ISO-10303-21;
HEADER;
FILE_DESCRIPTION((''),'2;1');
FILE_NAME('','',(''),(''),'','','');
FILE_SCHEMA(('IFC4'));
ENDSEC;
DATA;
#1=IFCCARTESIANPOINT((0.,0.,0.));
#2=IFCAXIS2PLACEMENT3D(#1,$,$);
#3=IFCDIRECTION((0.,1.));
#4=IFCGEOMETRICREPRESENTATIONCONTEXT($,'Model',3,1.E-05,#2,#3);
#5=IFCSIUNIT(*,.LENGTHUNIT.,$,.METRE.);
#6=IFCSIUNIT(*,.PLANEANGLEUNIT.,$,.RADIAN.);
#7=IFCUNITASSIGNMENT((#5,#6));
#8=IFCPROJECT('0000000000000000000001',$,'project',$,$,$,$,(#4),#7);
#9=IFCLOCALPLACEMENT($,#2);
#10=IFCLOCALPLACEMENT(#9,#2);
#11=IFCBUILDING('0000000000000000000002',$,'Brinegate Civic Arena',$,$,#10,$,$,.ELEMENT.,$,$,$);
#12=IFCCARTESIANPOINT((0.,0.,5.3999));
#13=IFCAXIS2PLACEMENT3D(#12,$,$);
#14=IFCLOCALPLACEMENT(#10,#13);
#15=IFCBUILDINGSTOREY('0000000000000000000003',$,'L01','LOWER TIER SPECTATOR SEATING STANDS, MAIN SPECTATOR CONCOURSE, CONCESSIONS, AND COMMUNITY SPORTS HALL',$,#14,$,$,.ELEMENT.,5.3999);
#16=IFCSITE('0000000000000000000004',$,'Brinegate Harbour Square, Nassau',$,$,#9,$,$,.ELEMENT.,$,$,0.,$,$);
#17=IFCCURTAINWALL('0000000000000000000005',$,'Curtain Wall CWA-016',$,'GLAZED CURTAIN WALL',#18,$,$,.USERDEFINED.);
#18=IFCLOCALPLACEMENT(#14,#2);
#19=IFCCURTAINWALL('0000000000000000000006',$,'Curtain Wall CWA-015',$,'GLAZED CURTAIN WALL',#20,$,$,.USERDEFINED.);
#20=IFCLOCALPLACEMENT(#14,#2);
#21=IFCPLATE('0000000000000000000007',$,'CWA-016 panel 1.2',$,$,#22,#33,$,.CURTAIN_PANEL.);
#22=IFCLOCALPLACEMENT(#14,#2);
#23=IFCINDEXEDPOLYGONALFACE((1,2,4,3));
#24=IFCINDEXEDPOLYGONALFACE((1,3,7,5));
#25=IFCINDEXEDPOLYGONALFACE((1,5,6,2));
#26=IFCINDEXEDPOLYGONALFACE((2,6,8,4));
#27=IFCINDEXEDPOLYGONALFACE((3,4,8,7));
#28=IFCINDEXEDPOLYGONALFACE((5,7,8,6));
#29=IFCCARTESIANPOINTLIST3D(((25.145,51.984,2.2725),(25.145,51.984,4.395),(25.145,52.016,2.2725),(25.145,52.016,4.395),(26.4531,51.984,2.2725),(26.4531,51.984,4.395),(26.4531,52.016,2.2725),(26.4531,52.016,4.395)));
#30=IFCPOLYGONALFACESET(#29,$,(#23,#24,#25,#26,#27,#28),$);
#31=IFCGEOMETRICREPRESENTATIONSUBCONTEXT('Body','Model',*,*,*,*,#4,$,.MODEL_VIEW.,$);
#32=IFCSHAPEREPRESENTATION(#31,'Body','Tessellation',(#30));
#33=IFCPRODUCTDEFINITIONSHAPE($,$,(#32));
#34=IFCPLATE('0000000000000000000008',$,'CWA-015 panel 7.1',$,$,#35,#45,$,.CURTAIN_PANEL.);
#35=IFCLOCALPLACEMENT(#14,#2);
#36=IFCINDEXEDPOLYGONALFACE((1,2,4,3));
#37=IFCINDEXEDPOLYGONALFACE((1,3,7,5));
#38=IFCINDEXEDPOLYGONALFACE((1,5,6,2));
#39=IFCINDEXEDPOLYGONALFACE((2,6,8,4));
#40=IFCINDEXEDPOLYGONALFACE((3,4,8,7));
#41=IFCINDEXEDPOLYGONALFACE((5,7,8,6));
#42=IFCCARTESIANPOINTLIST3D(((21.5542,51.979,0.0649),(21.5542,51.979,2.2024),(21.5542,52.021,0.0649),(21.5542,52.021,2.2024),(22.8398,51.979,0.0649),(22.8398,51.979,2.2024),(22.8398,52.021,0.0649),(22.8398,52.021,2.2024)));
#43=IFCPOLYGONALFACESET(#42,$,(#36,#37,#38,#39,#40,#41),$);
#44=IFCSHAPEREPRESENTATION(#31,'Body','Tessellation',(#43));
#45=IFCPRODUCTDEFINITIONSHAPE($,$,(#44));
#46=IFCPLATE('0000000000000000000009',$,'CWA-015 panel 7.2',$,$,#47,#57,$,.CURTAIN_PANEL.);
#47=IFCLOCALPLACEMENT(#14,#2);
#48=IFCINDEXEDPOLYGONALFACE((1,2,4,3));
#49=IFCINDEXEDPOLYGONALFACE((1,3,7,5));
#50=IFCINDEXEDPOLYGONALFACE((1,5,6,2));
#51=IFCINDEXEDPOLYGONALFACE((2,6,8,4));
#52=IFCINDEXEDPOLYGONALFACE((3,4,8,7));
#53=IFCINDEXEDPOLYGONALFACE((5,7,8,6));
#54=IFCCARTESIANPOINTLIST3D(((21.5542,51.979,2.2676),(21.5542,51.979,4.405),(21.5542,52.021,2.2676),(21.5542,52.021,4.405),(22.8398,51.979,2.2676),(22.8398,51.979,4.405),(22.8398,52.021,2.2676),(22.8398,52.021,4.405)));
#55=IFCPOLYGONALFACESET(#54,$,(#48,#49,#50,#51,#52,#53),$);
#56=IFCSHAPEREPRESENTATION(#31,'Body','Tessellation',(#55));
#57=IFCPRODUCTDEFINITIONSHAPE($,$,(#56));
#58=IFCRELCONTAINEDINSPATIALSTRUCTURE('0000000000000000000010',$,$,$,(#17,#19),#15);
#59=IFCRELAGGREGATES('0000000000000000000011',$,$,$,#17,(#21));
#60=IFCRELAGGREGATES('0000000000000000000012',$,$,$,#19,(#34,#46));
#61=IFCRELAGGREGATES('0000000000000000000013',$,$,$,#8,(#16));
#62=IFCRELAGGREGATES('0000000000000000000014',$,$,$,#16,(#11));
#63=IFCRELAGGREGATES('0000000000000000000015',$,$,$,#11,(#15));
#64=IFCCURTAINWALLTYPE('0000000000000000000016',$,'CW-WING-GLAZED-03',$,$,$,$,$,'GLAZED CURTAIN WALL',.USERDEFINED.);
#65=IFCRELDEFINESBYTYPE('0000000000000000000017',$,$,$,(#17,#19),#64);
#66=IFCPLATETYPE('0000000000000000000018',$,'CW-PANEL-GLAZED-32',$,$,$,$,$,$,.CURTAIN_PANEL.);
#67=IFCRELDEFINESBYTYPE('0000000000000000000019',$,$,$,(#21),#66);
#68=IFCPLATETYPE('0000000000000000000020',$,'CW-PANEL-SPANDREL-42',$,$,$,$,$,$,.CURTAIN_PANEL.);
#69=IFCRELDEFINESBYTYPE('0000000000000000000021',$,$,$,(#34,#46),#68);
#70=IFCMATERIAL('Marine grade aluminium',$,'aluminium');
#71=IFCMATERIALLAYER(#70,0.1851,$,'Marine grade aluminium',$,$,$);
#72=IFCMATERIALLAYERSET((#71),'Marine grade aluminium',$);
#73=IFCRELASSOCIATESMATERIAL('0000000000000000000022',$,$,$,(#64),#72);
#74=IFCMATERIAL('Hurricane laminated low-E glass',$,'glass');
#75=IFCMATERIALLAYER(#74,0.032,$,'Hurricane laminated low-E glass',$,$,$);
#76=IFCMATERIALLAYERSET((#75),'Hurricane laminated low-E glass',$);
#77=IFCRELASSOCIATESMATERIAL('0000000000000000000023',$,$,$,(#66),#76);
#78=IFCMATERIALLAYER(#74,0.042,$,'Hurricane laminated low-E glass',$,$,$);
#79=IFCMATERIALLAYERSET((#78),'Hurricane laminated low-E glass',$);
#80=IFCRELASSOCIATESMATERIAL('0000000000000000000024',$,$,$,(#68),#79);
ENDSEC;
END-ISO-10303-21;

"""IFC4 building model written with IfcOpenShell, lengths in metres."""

from ifc_helpers import new_model, si_unit, direction, frame, origin, origin_2d, place, context, subcontext, project, spatial, rectangle, extrude, material, layer, layer_set, type_object, element, aggregate, save


model = new_model("IFC4")

# Units and contexts
model_context = context("Model", 3, precision=1e-05, world=origin(), true_north=direction((0.0, 1.0)))
body_context = subcontext(model_context, "Body", "Model", "MODEL_VIEW")
ifc_project = project(units=[si_unit("LENGTHUNIT", "METRE"), si_unit("PLANEANGLEUNIT", "RADIAN")], contexts=[model_context])

# Site, building, storey
site_placement = place(None, origin())
site = spatial("IfcSite", under=ifc_project, at=site_placement, Name="Brinegate Harbour Square, Nassau", CompositionType="ELEMENT", RefElevation=0.0)
building_placement = place(site_placement, origin())
building = spatial("IfcBuilding", under=site, at=building_placement, Name="Brinegate Civic Arena", CompositionType="ELEMENT")
storey_placement = place(building_placement, frame((0.0, 0.0, 5.3999)))
storey = spatial("IfcBuildingStorey", under=building, at=storey_placement, Name="L01", Description="LOWER TIER SPECTATOR SEATING STANDS, MAIN SPECTATOR CONCOURSE, CONCESSIONS, AND COMMUNITY SPORTS HALL", CompositionType="ELEMENT", Elevation=5.3999)

# Shared definitions
ifc_material_1 = material(Name="Marine grade aluminium", Category="aluminium")

# Curtain walls
ifc_layer_1 = layer(ifc_material_1, 0.1851, Name="Marine grade aluminium")
ifc_layer_set_1 = layer_set([ifc_layer_1], Name="Marine grade aluminium")
curtain_wall_type_1 = type_object("IfcCurtainWallType", Name="CW-WING-GLAZED-03", ElementType="GLAZED CURTAIN WALL", PredefinedType="USERDEFINED", material=ifc_layer_set_1)
curtain_wall_1_placement = place(storey_placement, origin())
curtain_wall_1 = element("IfcCurtainWall", 1, at=curtain_wall_1_placement, inside=storey, type_object=curtain_wall_type_1, Name="Curtain Wall CWA-016", ObjectType="GLAZED CURTAIN WALL", PredefinedType="USERDEFINED")
curtain_wall_2_placement = place(storey_placement, origin())
curtain_wall_2 = element("IfcCurtainWall", 2, at=curtain_wall_2_placement, inside=storey, type_object=curtain_wall_type_1, Name="Curtain Wall CWA-015", ObjectType="GLAZED CURTAIN WALL", PredefinedType="USERDEFINED")

# Plates
ifc_material_2 = material(Name="Hurricane laminated low-E glass", Category="glass")
ifc_layer_2 = layer(ifc_material_2, 0.032, Name="Hurricane laminated low-E glass")
ifc_layer_set_2 = layer_set([ifc_layer_2], Name="Hurricane laminated low-E glass")
plate_type_1 = type_object("IfcPlateType", Name="CW-PANEL-GLAZED-32", PredefinedType="CURTAIN_PANEL", material=ifc_layer_set_2)
plate_1_placement = place(storey_placement, frame((25.7991, 52.0, 2.2725), z_axis=(0.0, 0.0, 1.0), x_axis=(1.0, 0.0, 0.0)))
plate_1 = element("IfcPlate", 3, at=plate_1_placement, type_object=plate_type_1, Name="CWA-016 panel 1.2", PredefinedType="CURTAIN_PANEL", context=body_context, shape_type="SweptSolid", body=[
    extrude(rectangle(XDim=1.3081, YDim=0.032, at=origin_2d()), origin(), (0.0, 0.0, 1.0), 2.1226),
])
aggregate(curtain_wall_1, [plate_1])
ifc_layer_3 = layer(ifc_material_2, 0.042, Name="Hurricane laminated low-E glass")
ifc_layer_set_3 = layer_set([ifc_layer_3], Name="Hurricane laminated low-E glass")
plate_type_2 = type_object("IfcPlateType", Name="CW-PANEL-SPANDREL-42", PredefinedType="CURTAIN_PANEL", material=ifc_layer_set_3)
plate_2_placement = place(storey_placement, frame((22.197, 52.0, 0.0649), z_axis=(0.0, 0.0, 1.0), x_axis=(1.0, 0.0, 0.0)))
plate_2 = element("IfcPlate", 4, at=plate_2_placement, type_object=plate_type_2, Name="CWA-015 panel 7.1", PredefinedType="CURTAIN_PANEL", context=body_context, shape_type="SweptSolid", body=[
    extrude(rectangle(XDim=1.2856, YDim=0.042, at=origin_2d()), origin(), (0.0, 0.0, 1.0), 2.1375),
])
plate_3_placement = place(storey_placement, frame((22.197, 52.0, 2.2676), z_axis=(0.0, 0.0, 1.0), x_axis=(1.0, 0.0, 0.0)))
plate_3 = element("IfcPlate", 5, at=plate_3_placement, type_object=plate_type_2, Name="CWA-015 panel 7.2", PredefinedType="CURTAIN_PANEL", context=body_context, shape_type="SweptSolid", body=[
    extrude(rectangle(XDim=1.2856, YDim=0.042, at=origin_2d()), origin(), (0.0, 0.0, 1.0), 2.1375),
])
aggregate(curtain_wall_2, [plate_2, plate_3])

save(model, "model.ifc")
